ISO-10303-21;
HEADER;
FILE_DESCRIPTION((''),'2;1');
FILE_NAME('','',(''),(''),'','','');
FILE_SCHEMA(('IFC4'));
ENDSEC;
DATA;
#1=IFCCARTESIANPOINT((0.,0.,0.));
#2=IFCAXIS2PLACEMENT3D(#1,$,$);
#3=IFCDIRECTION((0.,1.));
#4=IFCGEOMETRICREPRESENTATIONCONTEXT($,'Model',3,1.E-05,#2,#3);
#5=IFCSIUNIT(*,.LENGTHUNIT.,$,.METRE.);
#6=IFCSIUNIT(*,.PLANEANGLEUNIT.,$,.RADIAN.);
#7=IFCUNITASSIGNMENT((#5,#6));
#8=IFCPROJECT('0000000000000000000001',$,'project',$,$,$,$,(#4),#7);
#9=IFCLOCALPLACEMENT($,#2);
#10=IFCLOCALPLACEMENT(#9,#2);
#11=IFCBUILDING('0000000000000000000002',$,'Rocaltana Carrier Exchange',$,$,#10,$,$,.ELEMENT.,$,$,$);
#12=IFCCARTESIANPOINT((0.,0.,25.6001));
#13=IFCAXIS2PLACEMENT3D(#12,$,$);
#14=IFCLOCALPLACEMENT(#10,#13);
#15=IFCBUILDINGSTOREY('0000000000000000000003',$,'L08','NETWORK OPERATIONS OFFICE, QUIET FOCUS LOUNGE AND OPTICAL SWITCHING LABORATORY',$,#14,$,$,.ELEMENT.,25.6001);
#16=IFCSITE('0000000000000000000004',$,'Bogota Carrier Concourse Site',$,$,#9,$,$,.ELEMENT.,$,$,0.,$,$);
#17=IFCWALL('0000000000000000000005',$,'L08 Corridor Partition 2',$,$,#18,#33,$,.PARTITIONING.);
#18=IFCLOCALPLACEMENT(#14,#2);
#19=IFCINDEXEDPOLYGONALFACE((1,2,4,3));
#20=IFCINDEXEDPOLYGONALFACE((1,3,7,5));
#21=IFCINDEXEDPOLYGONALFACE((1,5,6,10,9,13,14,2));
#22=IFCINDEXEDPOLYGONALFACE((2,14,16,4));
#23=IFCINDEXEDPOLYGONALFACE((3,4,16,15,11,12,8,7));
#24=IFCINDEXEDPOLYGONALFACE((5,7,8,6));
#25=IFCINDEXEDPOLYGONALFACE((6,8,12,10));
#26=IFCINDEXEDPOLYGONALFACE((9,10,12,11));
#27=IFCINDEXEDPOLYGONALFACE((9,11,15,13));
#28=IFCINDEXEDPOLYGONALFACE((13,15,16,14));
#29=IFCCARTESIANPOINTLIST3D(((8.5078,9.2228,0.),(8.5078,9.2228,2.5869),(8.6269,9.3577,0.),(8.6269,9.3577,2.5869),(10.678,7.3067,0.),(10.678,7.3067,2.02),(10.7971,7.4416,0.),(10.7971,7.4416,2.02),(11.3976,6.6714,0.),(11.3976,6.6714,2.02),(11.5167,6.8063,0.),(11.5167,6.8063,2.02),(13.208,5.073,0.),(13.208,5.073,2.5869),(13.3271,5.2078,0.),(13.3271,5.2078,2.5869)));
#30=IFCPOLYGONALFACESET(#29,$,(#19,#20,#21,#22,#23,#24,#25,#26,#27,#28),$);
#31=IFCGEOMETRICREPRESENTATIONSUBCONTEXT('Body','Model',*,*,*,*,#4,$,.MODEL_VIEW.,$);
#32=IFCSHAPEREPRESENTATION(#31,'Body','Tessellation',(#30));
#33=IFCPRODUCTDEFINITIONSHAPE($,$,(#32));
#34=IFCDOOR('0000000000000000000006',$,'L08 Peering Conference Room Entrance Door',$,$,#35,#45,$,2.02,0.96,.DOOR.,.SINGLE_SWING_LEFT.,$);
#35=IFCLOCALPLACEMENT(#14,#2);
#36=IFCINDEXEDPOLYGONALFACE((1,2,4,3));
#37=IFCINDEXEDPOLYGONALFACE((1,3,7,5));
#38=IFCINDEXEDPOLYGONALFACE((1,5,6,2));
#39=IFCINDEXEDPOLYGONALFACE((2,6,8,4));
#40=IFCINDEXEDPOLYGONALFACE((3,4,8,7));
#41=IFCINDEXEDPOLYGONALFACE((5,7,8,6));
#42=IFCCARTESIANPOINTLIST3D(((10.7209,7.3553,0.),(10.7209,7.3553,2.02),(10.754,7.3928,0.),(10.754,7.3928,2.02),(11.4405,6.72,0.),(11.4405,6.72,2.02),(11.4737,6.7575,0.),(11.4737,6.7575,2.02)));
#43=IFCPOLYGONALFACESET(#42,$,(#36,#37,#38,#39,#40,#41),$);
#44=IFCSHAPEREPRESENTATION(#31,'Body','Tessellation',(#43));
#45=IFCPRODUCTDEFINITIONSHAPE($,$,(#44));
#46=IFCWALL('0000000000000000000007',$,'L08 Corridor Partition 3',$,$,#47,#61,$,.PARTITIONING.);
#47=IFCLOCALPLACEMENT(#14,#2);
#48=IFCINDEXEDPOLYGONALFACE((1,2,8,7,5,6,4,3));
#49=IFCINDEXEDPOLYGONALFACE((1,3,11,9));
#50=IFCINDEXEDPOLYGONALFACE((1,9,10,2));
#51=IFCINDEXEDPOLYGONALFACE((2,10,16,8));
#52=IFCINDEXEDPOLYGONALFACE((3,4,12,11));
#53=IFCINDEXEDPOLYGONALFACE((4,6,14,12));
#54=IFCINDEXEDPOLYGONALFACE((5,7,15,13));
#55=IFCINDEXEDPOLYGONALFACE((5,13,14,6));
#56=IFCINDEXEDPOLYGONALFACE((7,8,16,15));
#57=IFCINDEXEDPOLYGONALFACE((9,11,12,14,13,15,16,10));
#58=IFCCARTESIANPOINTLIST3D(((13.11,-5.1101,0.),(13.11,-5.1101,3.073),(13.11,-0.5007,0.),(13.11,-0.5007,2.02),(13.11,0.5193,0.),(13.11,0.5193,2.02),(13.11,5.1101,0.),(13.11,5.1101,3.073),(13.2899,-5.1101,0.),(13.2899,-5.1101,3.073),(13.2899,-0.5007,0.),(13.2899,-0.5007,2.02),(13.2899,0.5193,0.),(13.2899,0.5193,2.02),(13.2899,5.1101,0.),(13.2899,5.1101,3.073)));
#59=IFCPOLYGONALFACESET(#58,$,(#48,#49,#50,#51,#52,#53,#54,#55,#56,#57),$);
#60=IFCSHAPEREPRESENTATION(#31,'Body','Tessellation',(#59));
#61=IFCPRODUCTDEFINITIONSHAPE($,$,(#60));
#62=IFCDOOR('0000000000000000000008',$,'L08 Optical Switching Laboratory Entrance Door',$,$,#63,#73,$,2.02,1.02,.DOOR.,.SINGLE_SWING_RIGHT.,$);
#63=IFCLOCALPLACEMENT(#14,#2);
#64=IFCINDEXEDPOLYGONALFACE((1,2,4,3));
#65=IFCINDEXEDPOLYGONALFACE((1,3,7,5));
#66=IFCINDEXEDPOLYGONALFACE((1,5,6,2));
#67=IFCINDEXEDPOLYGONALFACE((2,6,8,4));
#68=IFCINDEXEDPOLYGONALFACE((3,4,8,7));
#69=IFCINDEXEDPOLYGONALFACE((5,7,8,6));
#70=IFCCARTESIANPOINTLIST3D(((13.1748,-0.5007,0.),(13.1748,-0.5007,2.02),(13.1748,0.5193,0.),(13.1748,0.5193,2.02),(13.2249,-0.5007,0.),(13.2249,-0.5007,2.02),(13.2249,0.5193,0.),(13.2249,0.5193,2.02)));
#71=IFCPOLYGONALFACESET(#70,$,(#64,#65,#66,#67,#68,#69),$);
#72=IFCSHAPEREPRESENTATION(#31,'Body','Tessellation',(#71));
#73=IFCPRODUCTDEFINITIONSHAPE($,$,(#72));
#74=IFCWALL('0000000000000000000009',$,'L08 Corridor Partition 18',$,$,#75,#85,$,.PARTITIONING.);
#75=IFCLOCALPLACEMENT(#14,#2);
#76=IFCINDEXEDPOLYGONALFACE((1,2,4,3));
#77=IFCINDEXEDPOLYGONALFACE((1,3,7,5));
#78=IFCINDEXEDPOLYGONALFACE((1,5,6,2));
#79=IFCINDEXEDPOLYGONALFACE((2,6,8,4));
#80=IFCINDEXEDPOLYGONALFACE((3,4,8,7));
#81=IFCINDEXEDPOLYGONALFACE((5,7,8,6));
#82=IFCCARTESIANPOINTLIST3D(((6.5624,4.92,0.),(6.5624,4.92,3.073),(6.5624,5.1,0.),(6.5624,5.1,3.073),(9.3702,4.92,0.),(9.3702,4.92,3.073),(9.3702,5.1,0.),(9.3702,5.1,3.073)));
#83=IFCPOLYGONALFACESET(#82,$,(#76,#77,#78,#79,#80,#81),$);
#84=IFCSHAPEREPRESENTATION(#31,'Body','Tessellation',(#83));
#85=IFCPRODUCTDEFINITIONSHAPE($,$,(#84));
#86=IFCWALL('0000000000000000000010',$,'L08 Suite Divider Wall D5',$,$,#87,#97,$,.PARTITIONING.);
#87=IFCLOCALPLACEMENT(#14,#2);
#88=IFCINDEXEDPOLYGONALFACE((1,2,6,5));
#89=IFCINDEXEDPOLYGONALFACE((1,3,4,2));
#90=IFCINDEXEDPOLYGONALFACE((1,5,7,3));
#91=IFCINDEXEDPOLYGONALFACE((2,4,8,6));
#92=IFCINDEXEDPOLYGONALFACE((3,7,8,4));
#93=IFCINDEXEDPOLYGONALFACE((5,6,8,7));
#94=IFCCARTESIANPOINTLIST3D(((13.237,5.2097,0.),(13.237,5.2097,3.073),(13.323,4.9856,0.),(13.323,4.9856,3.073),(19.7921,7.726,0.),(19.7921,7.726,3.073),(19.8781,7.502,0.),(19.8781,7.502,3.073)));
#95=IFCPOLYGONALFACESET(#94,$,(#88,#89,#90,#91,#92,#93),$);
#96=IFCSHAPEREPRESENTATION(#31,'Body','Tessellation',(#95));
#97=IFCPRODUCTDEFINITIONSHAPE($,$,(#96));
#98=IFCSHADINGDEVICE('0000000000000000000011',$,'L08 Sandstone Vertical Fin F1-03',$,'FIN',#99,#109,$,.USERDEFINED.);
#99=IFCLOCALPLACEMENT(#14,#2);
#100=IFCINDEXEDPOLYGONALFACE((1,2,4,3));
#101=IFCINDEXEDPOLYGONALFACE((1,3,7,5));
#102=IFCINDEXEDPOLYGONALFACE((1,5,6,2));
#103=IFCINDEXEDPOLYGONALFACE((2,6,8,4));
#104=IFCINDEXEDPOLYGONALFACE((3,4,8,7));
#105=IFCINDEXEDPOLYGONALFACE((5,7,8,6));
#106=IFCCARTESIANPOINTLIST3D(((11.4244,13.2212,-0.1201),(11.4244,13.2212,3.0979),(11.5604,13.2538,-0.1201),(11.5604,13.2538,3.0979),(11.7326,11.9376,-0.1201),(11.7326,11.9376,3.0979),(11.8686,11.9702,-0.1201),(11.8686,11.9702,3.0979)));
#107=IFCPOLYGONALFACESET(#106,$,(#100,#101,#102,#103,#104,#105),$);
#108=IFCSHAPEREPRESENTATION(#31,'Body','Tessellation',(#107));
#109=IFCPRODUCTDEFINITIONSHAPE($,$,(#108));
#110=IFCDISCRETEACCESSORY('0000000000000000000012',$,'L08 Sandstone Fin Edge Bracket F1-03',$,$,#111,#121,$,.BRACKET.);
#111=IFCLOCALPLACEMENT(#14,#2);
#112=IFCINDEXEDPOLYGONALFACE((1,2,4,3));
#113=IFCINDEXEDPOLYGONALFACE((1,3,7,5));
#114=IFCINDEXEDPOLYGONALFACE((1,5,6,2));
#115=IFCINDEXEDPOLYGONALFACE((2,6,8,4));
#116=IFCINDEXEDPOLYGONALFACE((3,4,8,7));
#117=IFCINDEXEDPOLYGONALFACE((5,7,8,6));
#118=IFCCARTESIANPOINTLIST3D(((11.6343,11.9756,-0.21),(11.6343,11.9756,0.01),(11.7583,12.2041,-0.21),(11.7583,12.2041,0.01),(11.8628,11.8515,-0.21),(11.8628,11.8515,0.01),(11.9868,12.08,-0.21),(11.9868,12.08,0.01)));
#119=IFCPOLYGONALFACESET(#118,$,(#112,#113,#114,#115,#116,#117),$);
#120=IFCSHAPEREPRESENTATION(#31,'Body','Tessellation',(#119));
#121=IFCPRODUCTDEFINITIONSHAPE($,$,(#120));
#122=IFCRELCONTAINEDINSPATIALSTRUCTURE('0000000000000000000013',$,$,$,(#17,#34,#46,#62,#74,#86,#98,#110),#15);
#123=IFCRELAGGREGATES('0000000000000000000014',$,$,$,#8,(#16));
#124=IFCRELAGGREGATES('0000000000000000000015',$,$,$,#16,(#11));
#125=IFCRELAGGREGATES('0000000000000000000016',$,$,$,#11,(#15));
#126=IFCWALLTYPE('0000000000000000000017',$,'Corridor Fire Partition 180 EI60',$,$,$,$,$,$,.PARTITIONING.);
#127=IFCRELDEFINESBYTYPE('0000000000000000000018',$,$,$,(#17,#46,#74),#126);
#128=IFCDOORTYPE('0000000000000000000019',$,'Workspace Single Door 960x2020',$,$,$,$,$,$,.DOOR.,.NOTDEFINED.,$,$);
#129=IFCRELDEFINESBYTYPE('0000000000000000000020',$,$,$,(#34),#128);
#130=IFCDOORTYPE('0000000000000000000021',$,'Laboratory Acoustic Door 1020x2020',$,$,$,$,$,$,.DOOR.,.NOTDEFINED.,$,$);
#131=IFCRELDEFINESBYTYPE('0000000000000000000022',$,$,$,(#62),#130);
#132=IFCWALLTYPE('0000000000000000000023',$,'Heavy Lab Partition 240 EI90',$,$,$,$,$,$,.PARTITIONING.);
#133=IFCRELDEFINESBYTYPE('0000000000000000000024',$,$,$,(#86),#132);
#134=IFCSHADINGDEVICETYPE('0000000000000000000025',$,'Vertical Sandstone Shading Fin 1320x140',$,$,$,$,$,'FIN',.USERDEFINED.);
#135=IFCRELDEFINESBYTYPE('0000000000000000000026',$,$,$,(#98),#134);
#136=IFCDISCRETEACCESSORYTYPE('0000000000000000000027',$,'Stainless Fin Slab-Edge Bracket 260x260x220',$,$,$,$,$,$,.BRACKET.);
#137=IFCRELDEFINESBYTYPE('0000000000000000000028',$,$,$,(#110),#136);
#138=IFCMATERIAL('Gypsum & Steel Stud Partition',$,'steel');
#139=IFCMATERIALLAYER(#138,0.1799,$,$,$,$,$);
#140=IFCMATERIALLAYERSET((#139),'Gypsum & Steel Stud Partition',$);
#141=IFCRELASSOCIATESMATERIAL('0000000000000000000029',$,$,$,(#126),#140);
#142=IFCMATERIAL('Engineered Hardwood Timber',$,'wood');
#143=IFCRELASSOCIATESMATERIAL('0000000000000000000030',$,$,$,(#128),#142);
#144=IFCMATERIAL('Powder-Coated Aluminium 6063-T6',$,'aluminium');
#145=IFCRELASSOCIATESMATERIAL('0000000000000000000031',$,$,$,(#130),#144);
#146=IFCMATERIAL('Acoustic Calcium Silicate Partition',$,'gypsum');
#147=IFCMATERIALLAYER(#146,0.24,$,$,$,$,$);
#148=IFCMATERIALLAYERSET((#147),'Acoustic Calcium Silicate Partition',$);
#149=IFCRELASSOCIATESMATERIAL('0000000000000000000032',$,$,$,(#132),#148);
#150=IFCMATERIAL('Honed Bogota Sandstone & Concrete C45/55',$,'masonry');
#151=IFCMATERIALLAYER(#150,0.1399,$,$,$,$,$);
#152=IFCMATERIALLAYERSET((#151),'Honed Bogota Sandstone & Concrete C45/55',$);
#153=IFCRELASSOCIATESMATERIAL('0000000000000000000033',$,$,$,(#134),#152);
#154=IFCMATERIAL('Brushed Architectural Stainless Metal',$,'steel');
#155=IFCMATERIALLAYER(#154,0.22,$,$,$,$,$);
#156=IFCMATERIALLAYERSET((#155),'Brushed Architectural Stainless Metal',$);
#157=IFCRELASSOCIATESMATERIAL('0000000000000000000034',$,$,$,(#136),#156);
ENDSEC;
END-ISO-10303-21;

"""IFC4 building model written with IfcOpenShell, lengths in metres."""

from ifc_helpers import new_model, si_unit, direction, frame, frame_2d, origin, origin_2d, place, context, subcontext, project, spatial, rectangle, extrude, material, layer, layer_set, type_object, element, fill, save


model = new_model("IFC4")

# Units and contexts
model_context = context("Model", 3, precision=1e-05, world=origin(), true_north=direction((0.0, 1.0)))
body_context = subcontext(model_context, "Body", "Model", "MODEL_VIEW")
ifc_project = project(units=[si_unit("LENGTHUNIT", "METRE"), si_unit("PLANEANGLEUNIT", "RADIAN")], contexts=[model_context])

# Site, building, storey
site_placement = place(None, origin())
site = spatial("IfcSite", under=ifc_project, at=site_placement, Name="Bogota Carrier Concourse Site", CompositionType="ELEMENT", RefElevation=0.0)
building_placement = place(site_placement, origin())
building = spatial("IfcBuilding", under=site, at=building_placement, Name="Rocaltana Carrier Exchange", CompositionType="ELEMENT")
storey_placement = place(building_placement, frame((0.0, 0.0, 25.6001)))
storey = spatial("IfcBuildingStorey", under=building, at=storey_placement, Name="L08", Description="NETWORK OPERATIONS OFFICE, QUIET FOCUS LOUNGE AND OPTICAL SWITCHING LABORATORY", CompositionType="ELEMENT", Elevation=25.6001)

# Walls, openings, doors
ifc_material_1 = material(Name="Gypsum & Steel Stud Partition", Category="steel")
ifc_layer_1 = layer(ifc_material_1, 0.1799)
ifc_layer_set_1 = layer_set([ifc_layer_1], Name="Gypsum & Steel Stud Partition")
wall_type_1 = type_object("IfcWallType", Name="Corridor Fire Partition 180 EI60", PredefinedType="PARTITIONING", material=ifc_layer_set_1)
wall_1_placement = place(storey_placement, frame((8.5674, 9.2903, 0.0), z_axis=(0.0, 0.0, 1.0), x_axis=(0.749626, -0.661861, 0.0)))
wall_1 = element("IfcWall", 1, at=wall_1_placement, inside=storey, type_object=wall_type_1, Name="L08 Corridor Partition 2", PredefinedType="PARTITIONING", context=body_context, shape_type="SweptSolid", body=[
    extrude(rectangle(XDim=6.27, YDim=0.1799, at=frame_2d((3.135, 0.0))), origin(), (0.0, 0.0, 1.0), 2.5869),
])
opening_1_placement = place(wall_1_placement, frame((2.895, 0.0, 0.0)))
opening_1 = element("IfcOpeningElement", 2, at=opening_1_placement, cuts=wall_1, PredefinedType="OPENING", context=body_context, shape_type="SweptSolid", body=[
    extrude(rectangle(XDim=0.96, YDim=2.02, at=frame_2d((0.48, 1.01))), frame((0.0, 0.0999, 0.0), z_axis=(0.0, -1.0, 0.0), x_axis=(1.0, 0.0, 0.0)), (0.0, 0.0, 1.0), 0.2),
])
ifc_material_2 = material(Name="Engineered Hardwood Timber", Category="wood")
door_type_1 = type_object("IfcDoorType", Name="Workspace Single Door 960x2020", OperationType="NOTDEFINED", PredefinedType="DOOR", material=ifc_material_2)
door_1_placement = place(opening_1_placement, origin())
door_1 = element("IfcDoor", 3, at=door_1_placement, inside=storey, type_object=door_type_1, Name="L08 Peering Conference Room Entrance Door", OperationType="SINGLE_SWING_LEFT", OverallHeight=2.02, OverallWidth=0.96, PredefinedType="DOOR", context=body_context, shape_type="SweptSolid", body=[
    extrude(rectangle(XDim=0.96, YDim=2.02, at=frame_2d((0.48, 1.01))), frame((0.0, 0.0249, 0.0), z_axis=(0.0, -1.0, 0.0), x_axis=(1.0, 0.0, 0.0)), (0.0, 0.0, 1.0), 0.05),
])
fill(opening_1, door_1)
wall_2_placement = place(storey_placement, frame((13.2, 5.1101, 0.0), z_axis=(0.0, 0.0, 1.0), x_axis=(0.0, -1.0, 0.0)))
wall_2 = element("IfcWall", 4, at=wall_2_placement, inside=storey, type_object=wall_type_1, Name="L08 Corridor Partition 3", PredefinedType="PARTITIONING", context=body_context, shape_type="SweptSolid", body=[
    extrude(rectangle(XDim=10.2202, YDim=0.1799, at=frame_2d((5.1101, 0.0))), origin(), (0.0, 0.0, 1.0), 3.073),
])
opening_2_placement = place(wall_2_placement, frame((4.5908, 0.0, 0.0)))
opening_2 = element("IfcOpeningElement", 5, at=opening_2_placement, cuts=wall_2, PredefinedType="OPENING", context=body_context, shape_type="SweptSolid", body=[
    extrude(rectangle(XDim=1.02, YDim=2.02, at=frame_2d((0.51, 1.01))), frame((0.0, 0.0999, 0.0), z_axis=(0.0, -1.0, 0.0), x_axis=(1.0, 0.0, 0.0)), (0.0, 0.0, 1.0), 0.2),
])
ifc_material_3 = material(Name="Powder-Coated Aluminium 6063-T6", Category="aluminium")
door_type_2 = type_object("IfcDoorType", Name="Laboratory Acoustic Door 1020x2020", OperationType="NOTDEFINED", PredefinedType="DOOR", material=ifc_material_3)
door_2_placement = place(opening_2_placement, origin())
door_2 = element("IfcDoor", 6, at=door_2_placement, inside=storey, type_object=door_type_2, Name="L08 Optical Switching Laboratory Entrance Door", OperationType="SINGLE_SWING_RIGHT", OverallHeight=2.02, OverallWidth=1.02, PredefinedType="DOOR", context=body_context, shape_type="SweptSolid", body=[
    extrude(rectangle(XDim=1.02, YDim=2.02, at=frame_2d((0.51, 1.01))), frame((0.0, 0.0249, 0.0), z_axis=(0.0, -1.0, 0.0), x_axis=(1.0, 0.0, 0.0)), (0.0, 0.0, 1.0), 0.05),
])
fill(opening_2, door_2)

# Walls
wall_3_placement = place(storey_placement, frame((9.3701, 5.01, 0.0), z_axis=(0.0, 0.0, 1.0), x_axis=(-1.0, 0.0, 0.0)))
element("IfcWall", 7, at=wall_3_placement, inside=storey, type_object=wall_type_1, Name="L08 Corridor Partition 18", PredefinedType="PARTITIONING", context=body_context, shape_type="SweptSolid", body=[
    extrude(rectangle(XDim=2.8079, YDim=0.1799, at=frame_2d((1.4038, 0.0))), origin(), (0.0, 0.0, 1.0), 3.073),
])
ifc_material_4 = material(Name="Acoustic Calcium Silicate Partition", Category="gypsum")
ifc_layer_2 = layer(ifc_material_4, 0.24)
ifc_layer_set_2 = layer_set([ifc_layer_2], Name="Acoustic Calcium Silicate Partition")
wall_type_2 = type_object("IfcWallType", Name="Heavy Lab Partition 240 EI90", PredefinedType="PARTITIONING", material=ifc_layer_set_2)
wall_4_placement = place(storey_placement, frame((13.28, 5.0977, 0.0), z_axis=(0.0, 0.0, 1.0), x_axis=(0.933578, 0.358376, 0.0)))
element("IfcWall", 8, at=wall_4_placement, inside=storey, type_object=wall_type_2, Name="L08 Suite Divider Wall D5", PredefinedType="PARTITIONING", context=body_context, shape_type="SweptSolid", body=[
    extrude(rectangle(XDim=7.0215, YDim=0.24, at=frame_2d((3.5107, 0.0))), origin(), (0.0, 0.0, 1.0), 3.073),
])

# Shading device
ifc_material_5 = material(Name="Honed Bogota Sandstone & Concrete C45/55", Category="masonry")
ifc_layer_3 = layer(ifc_material_5, 0.1399)
ifc_layer_set_3 = layer_set([ifc_layer_3], Name="Honed Bogota Sandstone & Concrete C45/55")
shading_device_type = type_object("IfcShadingDeviceType", Name="Vertical Sandstone Shading Fin 1320x140", ElementType="FIN", PredefinedType="USERDEFINED", material=ifc_layer_set_3)
shading_device_placement = place(storey_placement, frame((11.6465, 12.5957, -0.1201), z_axis=(0.0, 0.0, 1.0), x_axis=(-0.233445, 0.97237, 0.0)))
element("IfcShadingDevice", 9, at=shading_device_placement, inside=storey, type_object=shading_device_type, Name="L08 Sandstone Vertical Fin F1-03", ObjectType="FIN", PredefinedType="USERDEFINED", context=body_context, shape_type="SweptSolid", body=[
    extrude(rectangle(XDim=1.3201, YDim=0.1399, at=origin_2d()), origin(), (0.0, 0.0, 1.0), 3.218),
])

# Discrete accessory
ifc_material_6 = material(Name="Brushed Architectural Stainless Metal", Category="steel")
ifc_layer_4 = layer(ifc_material_6, 0.22)
ifc_layer_set_4 = layer_set([ifc_layer_4], Name="Brushed Architectural Stainless Metal")
discrete_accessory_type = type_object("IfcDiscreteAccessoryType", Name="Stainless Fin Slab-Edge Bracket 260x260x220", PredefinedType="BRACKET", material=ifc_layer_set_4)
discrete_accessory_placement = place(storey_placement, frame((11.8105, 12.0278, -0.21), z_axis=(0.0, 0.0, 1.0), x_axis=(-0.878817, 0.477159, 0.0)))
element("IfcDiscreteAccessory", 10, at=discrete_accessory_placement, inside=storey, type_object=discrete_accessory_type, Name="L08 Sandstone Fin Edge Bracket F1-03", PredefinedType="BRACKET", context=body_context, shape_type="SweptSolid", body=[
    extrude(rectangle(XDim=0.26, YDim=0.26, at=origin_2d()), origin(), (0.0, 0.0, 1.0), 0.22),
])

save(model, "model.ifc")
